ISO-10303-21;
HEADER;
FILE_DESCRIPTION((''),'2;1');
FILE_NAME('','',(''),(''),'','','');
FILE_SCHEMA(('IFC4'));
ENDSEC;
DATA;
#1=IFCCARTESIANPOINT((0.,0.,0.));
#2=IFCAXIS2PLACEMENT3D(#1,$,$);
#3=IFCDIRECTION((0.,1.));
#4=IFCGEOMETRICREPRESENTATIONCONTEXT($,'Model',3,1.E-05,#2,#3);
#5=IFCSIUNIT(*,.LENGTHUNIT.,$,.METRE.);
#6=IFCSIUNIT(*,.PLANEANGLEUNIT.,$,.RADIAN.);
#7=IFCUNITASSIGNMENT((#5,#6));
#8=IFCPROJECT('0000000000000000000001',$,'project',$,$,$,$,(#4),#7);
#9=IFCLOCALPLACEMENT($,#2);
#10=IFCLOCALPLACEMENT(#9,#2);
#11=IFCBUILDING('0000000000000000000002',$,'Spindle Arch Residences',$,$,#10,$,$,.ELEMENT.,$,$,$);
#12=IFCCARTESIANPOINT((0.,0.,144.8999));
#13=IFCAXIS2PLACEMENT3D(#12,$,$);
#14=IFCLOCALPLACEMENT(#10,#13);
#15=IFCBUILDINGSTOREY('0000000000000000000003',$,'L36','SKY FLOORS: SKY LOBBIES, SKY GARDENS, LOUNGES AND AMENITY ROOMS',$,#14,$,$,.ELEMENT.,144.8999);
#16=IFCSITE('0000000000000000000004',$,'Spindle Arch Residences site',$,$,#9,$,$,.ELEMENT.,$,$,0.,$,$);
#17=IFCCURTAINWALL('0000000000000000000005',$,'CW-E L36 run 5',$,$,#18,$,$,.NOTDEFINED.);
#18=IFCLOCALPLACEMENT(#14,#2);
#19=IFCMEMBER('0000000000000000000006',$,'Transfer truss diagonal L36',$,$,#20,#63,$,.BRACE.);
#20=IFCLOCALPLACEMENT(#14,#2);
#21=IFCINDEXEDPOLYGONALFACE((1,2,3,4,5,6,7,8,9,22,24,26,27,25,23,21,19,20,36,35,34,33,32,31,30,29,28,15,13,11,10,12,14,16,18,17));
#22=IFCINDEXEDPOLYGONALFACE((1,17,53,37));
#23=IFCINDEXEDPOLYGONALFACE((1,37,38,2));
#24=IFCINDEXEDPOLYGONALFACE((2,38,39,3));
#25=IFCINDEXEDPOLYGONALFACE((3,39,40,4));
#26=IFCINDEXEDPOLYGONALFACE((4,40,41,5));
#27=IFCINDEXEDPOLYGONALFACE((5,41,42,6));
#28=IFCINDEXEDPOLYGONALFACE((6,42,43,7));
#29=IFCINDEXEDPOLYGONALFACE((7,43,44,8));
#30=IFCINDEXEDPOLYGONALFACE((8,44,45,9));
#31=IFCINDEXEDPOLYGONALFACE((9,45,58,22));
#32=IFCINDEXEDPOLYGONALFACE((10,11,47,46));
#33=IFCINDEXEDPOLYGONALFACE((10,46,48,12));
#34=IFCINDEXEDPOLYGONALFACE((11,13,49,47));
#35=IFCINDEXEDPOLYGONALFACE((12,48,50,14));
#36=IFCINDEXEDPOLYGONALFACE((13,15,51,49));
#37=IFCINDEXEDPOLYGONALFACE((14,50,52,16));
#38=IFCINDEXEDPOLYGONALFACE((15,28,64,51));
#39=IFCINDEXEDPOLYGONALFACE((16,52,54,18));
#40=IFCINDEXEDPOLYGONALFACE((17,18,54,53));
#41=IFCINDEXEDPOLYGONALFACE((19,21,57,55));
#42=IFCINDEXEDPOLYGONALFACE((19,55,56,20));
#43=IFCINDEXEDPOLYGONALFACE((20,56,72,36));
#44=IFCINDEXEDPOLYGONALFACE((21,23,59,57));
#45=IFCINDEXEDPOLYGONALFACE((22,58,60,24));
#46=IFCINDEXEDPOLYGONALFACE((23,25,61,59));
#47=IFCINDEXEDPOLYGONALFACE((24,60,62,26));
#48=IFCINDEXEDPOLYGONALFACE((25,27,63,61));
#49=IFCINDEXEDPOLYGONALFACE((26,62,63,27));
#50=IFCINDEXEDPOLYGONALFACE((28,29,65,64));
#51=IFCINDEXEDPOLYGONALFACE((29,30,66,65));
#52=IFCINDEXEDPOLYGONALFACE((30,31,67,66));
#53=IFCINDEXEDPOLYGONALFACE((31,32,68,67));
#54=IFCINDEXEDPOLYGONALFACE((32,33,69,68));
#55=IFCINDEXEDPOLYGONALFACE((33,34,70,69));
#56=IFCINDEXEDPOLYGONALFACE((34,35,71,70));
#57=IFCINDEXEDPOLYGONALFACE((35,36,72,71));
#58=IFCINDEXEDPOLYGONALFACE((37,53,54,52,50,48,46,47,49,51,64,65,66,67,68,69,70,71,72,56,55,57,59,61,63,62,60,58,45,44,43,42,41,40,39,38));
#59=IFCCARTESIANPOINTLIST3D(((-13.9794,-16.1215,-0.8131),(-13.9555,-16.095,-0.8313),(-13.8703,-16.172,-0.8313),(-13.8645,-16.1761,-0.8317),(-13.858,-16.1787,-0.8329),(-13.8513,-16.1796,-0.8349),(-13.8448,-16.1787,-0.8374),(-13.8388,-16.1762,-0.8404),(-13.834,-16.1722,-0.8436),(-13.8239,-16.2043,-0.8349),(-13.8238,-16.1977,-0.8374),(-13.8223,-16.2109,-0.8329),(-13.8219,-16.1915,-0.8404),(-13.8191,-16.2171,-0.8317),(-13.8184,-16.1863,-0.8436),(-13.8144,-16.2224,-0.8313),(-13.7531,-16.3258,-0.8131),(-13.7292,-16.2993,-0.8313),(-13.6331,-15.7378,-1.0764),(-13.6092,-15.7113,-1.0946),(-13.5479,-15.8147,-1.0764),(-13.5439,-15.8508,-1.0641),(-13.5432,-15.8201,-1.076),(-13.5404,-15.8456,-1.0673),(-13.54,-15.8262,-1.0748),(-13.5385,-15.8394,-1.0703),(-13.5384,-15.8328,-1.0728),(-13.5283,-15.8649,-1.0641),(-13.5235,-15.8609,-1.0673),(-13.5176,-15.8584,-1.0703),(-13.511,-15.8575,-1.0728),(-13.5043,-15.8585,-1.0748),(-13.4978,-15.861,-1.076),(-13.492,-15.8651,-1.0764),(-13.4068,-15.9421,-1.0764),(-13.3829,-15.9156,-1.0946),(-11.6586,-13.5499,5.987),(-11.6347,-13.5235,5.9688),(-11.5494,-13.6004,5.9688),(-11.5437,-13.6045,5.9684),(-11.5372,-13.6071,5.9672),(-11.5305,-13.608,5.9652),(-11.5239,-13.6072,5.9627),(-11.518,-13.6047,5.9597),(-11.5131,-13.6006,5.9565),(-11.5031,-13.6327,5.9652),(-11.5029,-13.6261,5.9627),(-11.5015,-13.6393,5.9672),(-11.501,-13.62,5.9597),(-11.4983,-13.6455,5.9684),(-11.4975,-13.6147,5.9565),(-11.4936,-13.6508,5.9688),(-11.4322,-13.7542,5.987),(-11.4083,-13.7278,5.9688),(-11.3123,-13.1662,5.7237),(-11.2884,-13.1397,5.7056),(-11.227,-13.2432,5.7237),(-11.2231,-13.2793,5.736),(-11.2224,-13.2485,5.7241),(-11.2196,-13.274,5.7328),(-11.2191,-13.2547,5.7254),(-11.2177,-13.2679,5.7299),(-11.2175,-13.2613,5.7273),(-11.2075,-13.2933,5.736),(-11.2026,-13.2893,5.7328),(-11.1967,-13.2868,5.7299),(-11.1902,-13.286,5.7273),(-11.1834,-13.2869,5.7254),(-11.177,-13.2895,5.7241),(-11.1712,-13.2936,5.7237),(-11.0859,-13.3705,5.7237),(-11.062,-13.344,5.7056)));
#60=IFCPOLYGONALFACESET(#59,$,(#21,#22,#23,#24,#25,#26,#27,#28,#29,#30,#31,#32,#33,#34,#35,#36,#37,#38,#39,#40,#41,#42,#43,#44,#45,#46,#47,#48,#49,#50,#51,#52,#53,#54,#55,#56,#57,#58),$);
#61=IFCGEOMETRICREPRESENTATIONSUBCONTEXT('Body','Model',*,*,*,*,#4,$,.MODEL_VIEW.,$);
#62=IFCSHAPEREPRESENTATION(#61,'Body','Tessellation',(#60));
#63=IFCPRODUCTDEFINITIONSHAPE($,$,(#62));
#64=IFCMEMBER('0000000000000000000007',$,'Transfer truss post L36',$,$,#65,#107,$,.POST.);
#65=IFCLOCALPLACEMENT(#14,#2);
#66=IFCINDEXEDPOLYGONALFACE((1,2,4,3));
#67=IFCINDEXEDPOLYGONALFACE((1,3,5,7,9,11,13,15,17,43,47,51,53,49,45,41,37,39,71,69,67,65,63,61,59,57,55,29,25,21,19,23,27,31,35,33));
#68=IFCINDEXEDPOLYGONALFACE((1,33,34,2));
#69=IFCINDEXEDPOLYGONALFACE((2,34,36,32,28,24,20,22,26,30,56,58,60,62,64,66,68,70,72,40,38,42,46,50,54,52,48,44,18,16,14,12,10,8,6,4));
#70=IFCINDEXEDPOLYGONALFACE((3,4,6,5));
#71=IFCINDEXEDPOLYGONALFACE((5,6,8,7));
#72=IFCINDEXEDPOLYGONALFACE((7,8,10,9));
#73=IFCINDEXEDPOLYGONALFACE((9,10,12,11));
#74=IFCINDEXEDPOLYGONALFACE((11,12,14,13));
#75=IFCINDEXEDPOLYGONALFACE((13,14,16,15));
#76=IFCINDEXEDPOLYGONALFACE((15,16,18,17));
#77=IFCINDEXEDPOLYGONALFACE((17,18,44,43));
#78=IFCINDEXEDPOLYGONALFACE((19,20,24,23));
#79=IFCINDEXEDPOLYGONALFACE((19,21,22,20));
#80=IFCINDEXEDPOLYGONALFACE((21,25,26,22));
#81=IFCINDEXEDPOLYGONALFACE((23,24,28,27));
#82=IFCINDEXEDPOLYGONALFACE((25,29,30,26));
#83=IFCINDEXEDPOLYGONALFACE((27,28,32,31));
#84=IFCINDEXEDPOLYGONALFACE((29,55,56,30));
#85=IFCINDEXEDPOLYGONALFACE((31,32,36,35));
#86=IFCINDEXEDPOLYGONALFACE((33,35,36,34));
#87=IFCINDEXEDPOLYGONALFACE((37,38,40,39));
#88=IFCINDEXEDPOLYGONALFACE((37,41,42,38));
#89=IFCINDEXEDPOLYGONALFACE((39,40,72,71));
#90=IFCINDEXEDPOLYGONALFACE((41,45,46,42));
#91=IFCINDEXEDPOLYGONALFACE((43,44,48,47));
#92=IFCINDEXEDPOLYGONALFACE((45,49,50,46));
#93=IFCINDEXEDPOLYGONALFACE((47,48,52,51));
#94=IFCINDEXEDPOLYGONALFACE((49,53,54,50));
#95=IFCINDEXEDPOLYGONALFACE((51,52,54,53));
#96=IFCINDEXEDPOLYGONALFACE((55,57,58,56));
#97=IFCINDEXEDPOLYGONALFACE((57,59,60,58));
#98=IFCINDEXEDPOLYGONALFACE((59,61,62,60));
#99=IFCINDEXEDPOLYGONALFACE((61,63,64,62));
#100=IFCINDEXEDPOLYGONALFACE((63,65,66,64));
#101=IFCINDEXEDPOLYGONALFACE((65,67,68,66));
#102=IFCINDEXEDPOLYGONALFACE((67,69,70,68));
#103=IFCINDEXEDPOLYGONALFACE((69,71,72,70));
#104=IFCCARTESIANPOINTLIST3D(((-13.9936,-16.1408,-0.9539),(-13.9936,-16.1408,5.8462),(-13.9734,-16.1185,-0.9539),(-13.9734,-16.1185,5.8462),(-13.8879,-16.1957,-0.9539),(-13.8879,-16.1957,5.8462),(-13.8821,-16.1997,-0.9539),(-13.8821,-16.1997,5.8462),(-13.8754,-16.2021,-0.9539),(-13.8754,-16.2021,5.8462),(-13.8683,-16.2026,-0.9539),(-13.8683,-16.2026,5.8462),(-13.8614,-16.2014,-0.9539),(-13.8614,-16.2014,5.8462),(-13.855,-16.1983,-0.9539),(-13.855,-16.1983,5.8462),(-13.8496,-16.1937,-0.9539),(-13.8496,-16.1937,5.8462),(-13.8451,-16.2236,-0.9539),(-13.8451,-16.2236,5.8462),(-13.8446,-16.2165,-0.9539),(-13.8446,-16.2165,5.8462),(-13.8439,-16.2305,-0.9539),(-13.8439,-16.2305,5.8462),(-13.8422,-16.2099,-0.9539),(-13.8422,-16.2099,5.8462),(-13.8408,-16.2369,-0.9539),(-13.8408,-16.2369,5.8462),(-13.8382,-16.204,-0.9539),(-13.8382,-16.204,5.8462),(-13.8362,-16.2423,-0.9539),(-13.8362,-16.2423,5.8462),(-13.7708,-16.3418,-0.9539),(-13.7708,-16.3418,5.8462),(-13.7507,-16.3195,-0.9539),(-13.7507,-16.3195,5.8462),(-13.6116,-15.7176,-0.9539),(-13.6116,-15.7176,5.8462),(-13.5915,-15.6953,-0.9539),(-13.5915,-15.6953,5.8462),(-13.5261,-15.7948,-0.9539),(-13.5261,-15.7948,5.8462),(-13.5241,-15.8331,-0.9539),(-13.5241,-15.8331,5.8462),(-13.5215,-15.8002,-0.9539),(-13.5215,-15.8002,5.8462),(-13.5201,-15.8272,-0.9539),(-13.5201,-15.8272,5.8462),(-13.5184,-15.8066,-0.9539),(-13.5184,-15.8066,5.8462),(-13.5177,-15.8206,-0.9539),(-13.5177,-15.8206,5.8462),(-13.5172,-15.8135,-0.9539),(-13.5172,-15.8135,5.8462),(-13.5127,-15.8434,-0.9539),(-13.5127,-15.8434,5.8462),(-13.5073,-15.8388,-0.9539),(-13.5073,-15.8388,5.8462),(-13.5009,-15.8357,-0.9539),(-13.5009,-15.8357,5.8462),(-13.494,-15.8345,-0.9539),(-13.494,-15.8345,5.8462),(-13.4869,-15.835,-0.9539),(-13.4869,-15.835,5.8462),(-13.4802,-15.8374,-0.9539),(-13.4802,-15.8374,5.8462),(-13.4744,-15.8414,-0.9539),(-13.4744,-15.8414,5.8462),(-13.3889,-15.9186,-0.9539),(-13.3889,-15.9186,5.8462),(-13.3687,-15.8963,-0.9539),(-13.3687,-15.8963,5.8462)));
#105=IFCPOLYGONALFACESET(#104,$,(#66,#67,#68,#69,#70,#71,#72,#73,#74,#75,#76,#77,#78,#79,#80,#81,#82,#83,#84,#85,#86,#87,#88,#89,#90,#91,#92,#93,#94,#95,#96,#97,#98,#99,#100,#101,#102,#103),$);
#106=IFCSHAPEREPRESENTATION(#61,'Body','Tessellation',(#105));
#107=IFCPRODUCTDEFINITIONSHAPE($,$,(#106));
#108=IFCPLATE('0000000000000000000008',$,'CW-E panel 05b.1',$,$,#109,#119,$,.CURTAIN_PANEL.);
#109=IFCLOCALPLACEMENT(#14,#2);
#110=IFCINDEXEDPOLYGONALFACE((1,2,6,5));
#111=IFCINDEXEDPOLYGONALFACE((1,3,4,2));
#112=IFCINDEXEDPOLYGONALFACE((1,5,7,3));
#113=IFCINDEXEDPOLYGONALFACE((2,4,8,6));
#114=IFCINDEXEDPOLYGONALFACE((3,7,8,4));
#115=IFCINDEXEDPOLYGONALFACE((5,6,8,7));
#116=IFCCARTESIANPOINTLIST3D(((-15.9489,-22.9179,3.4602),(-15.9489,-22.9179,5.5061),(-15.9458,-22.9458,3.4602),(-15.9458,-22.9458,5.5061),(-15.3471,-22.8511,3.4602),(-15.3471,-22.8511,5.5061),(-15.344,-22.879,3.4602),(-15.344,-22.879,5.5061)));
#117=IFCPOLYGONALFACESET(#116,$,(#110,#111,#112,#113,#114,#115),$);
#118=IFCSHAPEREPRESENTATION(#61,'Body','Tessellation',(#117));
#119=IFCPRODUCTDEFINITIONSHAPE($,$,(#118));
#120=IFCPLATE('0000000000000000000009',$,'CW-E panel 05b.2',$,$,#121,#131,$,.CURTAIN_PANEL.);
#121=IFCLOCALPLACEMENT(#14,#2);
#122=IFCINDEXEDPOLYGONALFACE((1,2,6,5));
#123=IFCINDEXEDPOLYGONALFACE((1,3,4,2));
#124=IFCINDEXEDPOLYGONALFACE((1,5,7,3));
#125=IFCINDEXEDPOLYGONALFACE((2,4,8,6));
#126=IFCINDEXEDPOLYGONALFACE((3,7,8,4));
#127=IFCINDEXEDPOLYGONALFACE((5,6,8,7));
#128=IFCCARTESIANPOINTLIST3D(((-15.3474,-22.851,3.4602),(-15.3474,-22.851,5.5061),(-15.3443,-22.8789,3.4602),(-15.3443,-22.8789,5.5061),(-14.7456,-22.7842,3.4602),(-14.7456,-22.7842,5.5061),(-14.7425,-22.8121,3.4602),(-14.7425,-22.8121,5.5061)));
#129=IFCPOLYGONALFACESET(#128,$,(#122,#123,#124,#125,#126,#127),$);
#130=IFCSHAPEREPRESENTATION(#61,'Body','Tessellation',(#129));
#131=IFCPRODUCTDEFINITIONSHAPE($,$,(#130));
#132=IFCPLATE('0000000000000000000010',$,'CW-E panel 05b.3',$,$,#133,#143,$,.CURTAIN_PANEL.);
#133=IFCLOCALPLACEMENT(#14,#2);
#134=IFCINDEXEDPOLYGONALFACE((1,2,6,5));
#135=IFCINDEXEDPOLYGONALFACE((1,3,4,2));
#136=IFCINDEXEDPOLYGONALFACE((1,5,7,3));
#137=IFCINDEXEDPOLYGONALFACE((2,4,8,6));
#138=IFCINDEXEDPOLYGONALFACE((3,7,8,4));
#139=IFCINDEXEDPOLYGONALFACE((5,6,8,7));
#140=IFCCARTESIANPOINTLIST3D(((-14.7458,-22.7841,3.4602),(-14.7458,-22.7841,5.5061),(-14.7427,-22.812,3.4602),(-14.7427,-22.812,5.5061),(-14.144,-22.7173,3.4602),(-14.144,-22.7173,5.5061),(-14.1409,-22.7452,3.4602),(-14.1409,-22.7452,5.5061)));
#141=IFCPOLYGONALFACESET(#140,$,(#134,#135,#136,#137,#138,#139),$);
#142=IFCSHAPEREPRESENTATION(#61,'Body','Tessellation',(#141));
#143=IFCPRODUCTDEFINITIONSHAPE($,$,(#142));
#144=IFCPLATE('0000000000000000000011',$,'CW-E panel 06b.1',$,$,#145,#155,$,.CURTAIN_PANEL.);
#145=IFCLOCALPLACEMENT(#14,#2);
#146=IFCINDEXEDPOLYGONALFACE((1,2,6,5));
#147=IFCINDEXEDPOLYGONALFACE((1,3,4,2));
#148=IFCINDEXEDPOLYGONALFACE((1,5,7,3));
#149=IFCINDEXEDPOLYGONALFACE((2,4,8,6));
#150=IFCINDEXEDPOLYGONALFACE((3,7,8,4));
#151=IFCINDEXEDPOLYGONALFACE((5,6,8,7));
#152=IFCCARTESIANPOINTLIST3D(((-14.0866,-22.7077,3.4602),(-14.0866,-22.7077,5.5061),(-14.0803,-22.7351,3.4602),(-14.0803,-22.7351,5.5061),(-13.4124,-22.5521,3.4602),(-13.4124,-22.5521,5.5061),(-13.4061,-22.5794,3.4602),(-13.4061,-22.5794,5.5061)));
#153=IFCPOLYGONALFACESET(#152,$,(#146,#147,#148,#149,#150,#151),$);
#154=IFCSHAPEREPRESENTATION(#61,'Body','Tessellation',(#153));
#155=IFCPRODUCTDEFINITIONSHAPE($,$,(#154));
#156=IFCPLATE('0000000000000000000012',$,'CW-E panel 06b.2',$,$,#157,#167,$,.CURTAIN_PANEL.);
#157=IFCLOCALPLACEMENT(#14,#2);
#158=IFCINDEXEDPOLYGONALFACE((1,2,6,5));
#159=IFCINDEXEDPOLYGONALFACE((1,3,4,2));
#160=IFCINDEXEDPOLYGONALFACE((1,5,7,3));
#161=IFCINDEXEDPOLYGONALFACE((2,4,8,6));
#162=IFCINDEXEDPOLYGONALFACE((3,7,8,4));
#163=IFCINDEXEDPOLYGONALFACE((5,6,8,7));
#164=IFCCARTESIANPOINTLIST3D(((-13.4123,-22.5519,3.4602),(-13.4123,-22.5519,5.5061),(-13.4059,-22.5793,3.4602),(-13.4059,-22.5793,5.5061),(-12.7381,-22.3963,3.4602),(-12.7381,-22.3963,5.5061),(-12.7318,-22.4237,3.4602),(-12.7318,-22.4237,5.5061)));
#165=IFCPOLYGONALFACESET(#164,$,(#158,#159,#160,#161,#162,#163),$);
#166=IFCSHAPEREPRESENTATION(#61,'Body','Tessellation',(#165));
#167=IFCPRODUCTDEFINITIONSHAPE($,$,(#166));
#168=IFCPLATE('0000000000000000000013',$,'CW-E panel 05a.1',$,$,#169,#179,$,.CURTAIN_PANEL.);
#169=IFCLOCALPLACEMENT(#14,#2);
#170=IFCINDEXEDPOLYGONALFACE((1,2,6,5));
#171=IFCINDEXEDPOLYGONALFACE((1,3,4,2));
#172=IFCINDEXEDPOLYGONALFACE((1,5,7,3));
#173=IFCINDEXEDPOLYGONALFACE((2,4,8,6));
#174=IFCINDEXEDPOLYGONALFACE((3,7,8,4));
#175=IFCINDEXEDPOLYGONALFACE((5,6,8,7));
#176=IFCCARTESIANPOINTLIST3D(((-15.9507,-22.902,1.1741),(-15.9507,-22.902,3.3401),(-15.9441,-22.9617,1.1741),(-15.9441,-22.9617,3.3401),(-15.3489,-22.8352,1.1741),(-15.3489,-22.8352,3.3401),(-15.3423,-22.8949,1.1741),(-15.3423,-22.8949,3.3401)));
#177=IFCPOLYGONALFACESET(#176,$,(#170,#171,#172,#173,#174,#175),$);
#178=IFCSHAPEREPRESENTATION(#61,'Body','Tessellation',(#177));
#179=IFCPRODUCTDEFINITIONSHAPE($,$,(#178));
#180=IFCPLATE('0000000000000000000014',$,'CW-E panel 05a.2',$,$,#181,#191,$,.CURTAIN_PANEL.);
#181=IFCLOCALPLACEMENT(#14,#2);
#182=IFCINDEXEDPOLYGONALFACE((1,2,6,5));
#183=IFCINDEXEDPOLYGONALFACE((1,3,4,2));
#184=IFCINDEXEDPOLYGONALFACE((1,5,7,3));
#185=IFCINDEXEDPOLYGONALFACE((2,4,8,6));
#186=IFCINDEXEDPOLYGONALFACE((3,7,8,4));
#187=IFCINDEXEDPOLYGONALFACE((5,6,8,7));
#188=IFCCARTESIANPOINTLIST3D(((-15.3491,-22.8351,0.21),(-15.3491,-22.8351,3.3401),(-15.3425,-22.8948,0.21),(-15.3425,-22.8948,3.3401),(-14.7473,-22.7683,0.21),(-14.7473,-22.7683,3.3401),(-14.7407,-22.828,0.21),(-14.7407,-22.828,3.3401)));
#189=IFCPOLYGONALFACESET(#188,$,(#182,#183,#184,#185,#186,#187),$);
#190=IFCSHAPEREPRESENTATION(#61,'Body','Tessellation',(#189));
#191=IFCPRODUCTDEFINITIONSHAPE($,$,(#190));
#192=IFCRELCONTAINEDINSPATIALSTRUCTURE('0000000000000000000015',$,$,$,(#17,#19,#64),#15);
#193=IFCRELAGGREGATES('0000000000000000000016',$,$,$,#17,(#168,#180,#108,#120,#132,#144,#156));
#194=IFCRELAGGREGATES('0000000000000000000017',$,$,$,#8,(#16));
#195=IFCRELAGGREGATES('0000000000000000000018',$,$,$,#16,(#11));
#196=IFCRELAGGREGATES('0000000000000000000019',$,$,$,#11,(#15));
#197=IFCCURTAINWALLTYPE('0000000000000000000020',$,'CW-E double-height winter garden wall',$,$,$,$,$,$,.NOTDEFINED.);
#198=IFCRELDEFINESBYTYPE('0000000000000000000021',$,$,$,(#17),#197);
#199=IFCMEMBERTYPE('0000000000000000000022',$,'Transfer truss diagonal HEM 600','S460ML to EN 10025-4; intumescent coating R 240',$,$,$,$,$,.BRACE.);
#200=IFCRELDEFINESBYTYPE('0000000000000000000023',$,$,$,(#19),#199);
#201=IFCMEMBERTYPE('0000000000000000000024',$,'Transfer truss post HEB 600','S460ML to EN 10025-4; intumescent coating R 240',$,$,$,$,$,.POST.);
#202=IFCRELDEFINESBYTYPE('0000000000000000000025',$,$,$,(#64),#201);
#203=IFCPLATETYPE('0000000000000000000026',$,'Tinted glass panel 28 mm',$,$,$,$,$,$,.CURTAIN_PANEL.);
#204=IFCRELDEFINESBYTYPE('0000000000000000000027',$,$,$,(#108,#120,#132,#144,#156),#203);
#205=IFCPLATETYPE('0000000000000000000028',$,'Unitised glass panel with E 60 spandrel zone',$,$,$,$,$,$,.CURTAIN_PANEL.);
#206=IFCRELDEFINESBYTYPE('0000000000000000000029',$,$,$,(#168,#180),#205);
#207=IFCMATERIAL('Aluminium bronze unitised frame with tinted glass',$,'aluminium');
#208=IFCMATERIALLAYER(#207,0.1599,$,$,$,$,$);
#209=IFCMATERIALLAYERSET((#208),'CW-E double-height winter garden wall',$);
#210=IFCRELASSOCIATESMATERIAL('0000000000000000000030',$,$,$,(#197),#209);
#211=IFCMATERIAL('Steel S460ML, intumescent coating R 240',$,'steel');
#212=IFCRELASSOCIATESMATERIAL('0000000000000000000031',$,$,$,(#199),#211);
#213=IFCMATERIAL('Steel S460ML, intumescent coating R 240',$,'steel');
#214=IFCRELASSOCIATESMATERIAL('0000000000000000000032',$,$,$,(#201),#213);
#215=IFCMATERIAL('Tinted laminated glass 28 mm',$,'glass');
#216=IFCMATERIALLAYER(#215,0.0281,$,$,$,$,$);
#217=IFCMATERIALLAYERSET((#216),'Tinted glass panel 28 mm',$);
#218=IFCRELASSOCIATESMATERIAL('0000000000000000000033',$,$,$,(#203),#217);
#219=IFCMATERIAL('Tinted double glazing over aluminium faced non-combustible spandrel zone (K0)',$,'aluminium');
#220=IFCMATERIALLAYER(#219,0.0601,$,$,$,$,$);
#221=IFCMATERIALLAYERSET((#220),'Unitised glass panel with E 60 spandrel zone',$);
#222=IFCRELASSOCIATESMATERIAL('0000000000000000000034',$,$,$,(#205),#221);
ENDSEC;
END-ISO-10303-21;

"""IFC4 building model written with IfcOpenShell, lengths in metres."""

from ifc_helpers import new_model, si_unit, direction, frame, origin, origin_2d, place, context, subcontext, project, spatial, rectangle, i_section, extrude, material, layer, layer_set, material_profile, profile_set, type_object, element, aggregate, save


model = new_model("IFC4")

# Units and contexts
model_context = context("Model", 3, precision=1e-05, world=origin(), true_north=direction((0.0, 1.0)))
body_context = subcontext(model_context, "Body", "Model", "MODEL_VIEW")
ifc_project = project(units=[si_unit("LENGTHUNIT", "METRE"), si_unit("PLANEANGLEUNIT", "RADIAN")], contexts=[model_context])

# Site, building, storey
site_placement = place(None, origin())
site = spatial("IfcSite", under=ifc_project, at=site_placement, Name="Spindle Arch Residences site", CompositionType="ELEMENT", RefElevation=0.0)
building_placement = place(site_placement, origin())
building = spatial("IfcBuilding", under=site, at=building_placement, Name="Spindle Arch Residences", CompositionType="ELEMENT")
storey_placement = place(building_placement, frame((0.0, 0.0, 144.8999)))
storey = spatial("IfcBuildingStorey", under=building, at=storey_placement, Name="L36", Description="SKY FLOORS: SKY LOBBIES, SKY GARDENS, LOUNGES AND AMENITY ROOMS", CompositionType="ELEMENT", Elevation=144.8999)

# Curtain wall
ifc_material_1 = material(Name="Aluminium bronze unitised frame with tinted glass", Category="aluminium")
ifc_layer_1 = layer(ifc_material_1, 0.1599)
ifc_layer_set_1 = layer_set([ifc_layer_1], Name="CW-E double-height winter garden wall")
curtain_wall_type = type_object("IfcCurtainWallType", Name="CW-E double-height winter garden wall", PredefinedType="NOTDEFINED", material=ifc_layer_set_1)
curtain_wall_placement = place(storey_placement, origin())
curtain_wall = element("IfcCurtainWall", 1, at=curtain_wall_placement, inside=storey, type_object=curtain_wall_type, Name="CW-E L36 run 5", PredefinedType="NOTDEFINED")

# Members
ifc_material_2 = material(Name="Steel S460ML, intumescent coating R 240", Category="steel")
ifc_material_profile_1 = material_profile(ifc_material_2, i_section(OverallWidth=0.3049, OverallDepth=0.6201, WebThickness=0.021, FlangeThickness=0.04, FilletRadius=0.0271, at=origin_2d()), Name="HEM 600")
ifc_profile_set_1 = profile_set([ifc_material_profile_1], Name="Steel S460ML, intumescent coating R 240")
member_type_1 = type_object("IfcMemberType", Name="Transfer truss diagonal HEM 600", Description="S460ML to EN 10025-4; intumescent coating R 240", PredefinedType="BRACE", material=ifc_profile_set_1)
member_1_placement = place(storey_placement, frame((-13.6812, -16.0186, -0.9539), z_axis=(0.304109, 0.336964, 0.891052), x_axis=(-0.742372, 0.669988, 0.0)))
element("IfcMember", 2, at=member_1_placement, inside=storey, type_object=member_type_1, Name="Transfer truss diagonal L36", PredefinedType="BRACE", context=body_context, shape_type="SweptSolid", body=[
    extrude(i_section(OverallWidth=0.3049, OverallDepth=0.6201, WebThickness=0.021, FlangeThickness=0.04, FilletRadius=0.0271, at=origin_2d()), origin(), (0.0, 0.0, 1.0), 7.6316),
])
ifc_material_3 = material(Name="Steel S460ML, intumescent coating R 240", Category="steel")
ifc_material_profile_2 = material_profile(ifc_material_3, i_section(OverallWidth=0.3, OverallDepth=0.6001, WebThickness=0.0154, FlangeThickness=0.03, FilletRadius=0.0271, at=origin_2d()), Name="HEB 600")
ifc_profile_set_2 = profile_set([ifc_material_profile_2], Name="Steel S460ML, intumescent coating R 240")
member_type_2 = type_object("IfcMemberType", Name="Transfer truss post HEB 600", Description="S460ML to EN 10025-4; intumescent coating R 240", PredefinedType="POST", material=ifc_profile_set_2)
member_2_placement = place(storey_placement, frame((-13.6812, -16.0186, -0.9539), z_axis=(0.0, 0.0, 1.0), x_axis=(-0.742365, 0.669996, 0.0)))
element("IfcMember", 3, at=member_2_placement, inside=storey, type_object=member_type_2, Name="Transfer truss post L36", PredefinedType="POST", context=body_context, shape_type="SweptSolid", body=[
    extrude(i_section(OverallWidth=0.3, OverallDepth=0.6001, WebThickness=0.0154, FlangeThickness=0.03, FilletRadius=0.0271, at=origin_2d()), origin(), (0.0, 0.0, 1.0), 6.8),
])

# Plates
ifc_material_4 = material(Name="Tinted laminated glass 28 mm", Category="glass")
ifc_layer_2 = layer(ifc_material_4, 0.0281)
ifc_layer_set_2 = layer_set([ifc_layer_2], Name="Tinted glass panel 28 mm")
plate_type_1 = type_object("IfcPlateType", Name="Tinted glass panel 28 mm", PredefinedType="CURTAIN_PANEL", material=ifc_layer_set_2)
plate_1_placement = place(storey_placement, frame((-15.6465, -22.8984, 3.4602), z_axis=(0.0, 0.0, 1.0), x_axis=(0.993897, 0.110313, 0.0)))
plate_1 = element("IfcPlate", 4, at=plate_1_placement, type_object=plate_type_1, Name="CW-E panel 05b.1", PredefinedType="CURTAIN_PANEL", context=body_context, shape_type="SweptSolid", body=[
    extrude(rectangle(XDim=0.6055, YDim=0.0281, at=origin_2d()), origin(), (0.0, 0.0, 1.0), 2.0459),
])
plate_2_placement = place(storey_placement, frame((-15.0449, -22.8315, 3.4602), z_axis=(0.0, 0.0, 1.0), x_axis=(0.993897, 0.110313, 0.0)))
plate_2 = element("IfcPlate", 5, at=plate_2_placement, type_object=plate_type_1, Name="CW-E panel 05b.2", PredefinedType="CURTAIN_PANEL", context=body_context, shape_type="SweptSolid", body=[
    extrude(rectangle(XDim=0.6055, YDim=0.0281, at=origin_2d()), origin(), (0.0, 0.0, 1.0), 2.0459),
])
plate_3_placement = place(storey_placement, frame((-14.4434, -22.7646, 3.4602), z_axis=(0.0, 0.0, 1.0), x_axis=(0.993897, 0.110313, 0.0)))
plate_3 = element("IfcPlate", 6, at=plate_3_placement, type_object=plate_type_1, Name="CW-E panel 05b.3", PredefinedType="CURTAIN_PANEL", context=body_context, shape_type="SweptSolid", body=[
    extrude(rectangle(XDim=0.6055, YDim=0.0281, at=origin_2d()), origin(), (0.0, 0.0, 1.0), 2.0459),
])
plate_4_placement = place(storey_placement, frame((-13.7463, -22.6436, 3.4602), z_axis=(0.0, 0.0, 1.0), x_axis=(0.97437, 0.224951, 0.0)))
plate_4 = element("IfcPlate", 7, at=plate_4_placement, type_object=plate_type_1, Name="CW-E panel 06b.1", PredefinedType="CURTAIN_PANEL", context=body_context, shape_type="SweptSolid", body=[
    extrude(rectangle(XDim=0.6919, YDim=0.0281, at=origin_2d()), origin(), (0.0, 0.0, 1.0), 2.0459),
])
plate_5_placement = place(storey_placement, frame((-13.072, -22.4878, 3.4602), z_axis=(0.0, 0.0, 1.0), x_axis=(0.97437, 0.224951, 0.0)))
plate_5 = element("IfcPlate", 8, at=plate_5_placement, type_object=plate_type_1, Name="CW-E panel 06b.2", PredefinedType="CURTAIN_PANEL", context=body_context, shape_type="SweptSolid", body=[
    extrude(rectangle(XDim=0.6919, YDim=0.0281, at=origin_2d()), origin(), (0.0, 0.0, 1.0), 2.0459),
])
ifc_material_5 = material(Name="Tinted double glazing over aluminium faced non-combustible spandrel zone (K0)", Category="aluminium")
ifc_layer_3 = layer(ifc_material_5, 0.0601)
ifc_layer_set_3 = layer_set([ifc_layer_3], Name="Unitised glass panel with E 60 spandrel zone")
plate_type_2 = type_object("IfcPlateType", Name="Unitised glass panel with E 60 spandrel zone", PredefinedType="CURTAIN_PANEL", material=ifc_layer_set_3)
plate_6_placement = place(storey_placement, frame((-15.6465, -22.8984, 1.1741), z_axis=(0.0, 0.0, 1.0), x_axis=(0.993897, 0.110313, 0.0)))
plate_6 = element("IfcPlate", 9, at=plate_6_placement, type_object=plate_type_2, Name="CW-E panel 05a.1", PredefinedType="CURTAIN_PANEL", context=body_context, shape_type="SweptSolid", body=[
    extrude(rectangle(XDim=0.6055, YDim=0.0601, at=origin_2d()), origin(), (0.0, 0.0, 1.0), 2.166),
])
plate_7_placement = place(storey_placement, frame((-15.0449, -22.8315, 0.21), z_axis=(0.0, 0.0, 1.0), x_axis=(0.993897, 0.110313, 0.0)))
plate_7 = element("IfcPlate", 10, at=plate_7_placement, type_object=plate_type_2, Name="CW-E panel 05a.2", PredefinedType="CURTAIN_PANEL", context=body_context, shape_type="SweptSolid", body=[
    extrude(rectangle(XDim=0.6055, YDim=0.0601, at=origin_2d()), origin(), (0.0, 0.0, 1.0), 3.1301),
])
aggregate(curtain_wall, [plate_6, plate_7, plate_1, plate_2, plate_3, plate_4, plate_5])

save(model, "model.ifc")
